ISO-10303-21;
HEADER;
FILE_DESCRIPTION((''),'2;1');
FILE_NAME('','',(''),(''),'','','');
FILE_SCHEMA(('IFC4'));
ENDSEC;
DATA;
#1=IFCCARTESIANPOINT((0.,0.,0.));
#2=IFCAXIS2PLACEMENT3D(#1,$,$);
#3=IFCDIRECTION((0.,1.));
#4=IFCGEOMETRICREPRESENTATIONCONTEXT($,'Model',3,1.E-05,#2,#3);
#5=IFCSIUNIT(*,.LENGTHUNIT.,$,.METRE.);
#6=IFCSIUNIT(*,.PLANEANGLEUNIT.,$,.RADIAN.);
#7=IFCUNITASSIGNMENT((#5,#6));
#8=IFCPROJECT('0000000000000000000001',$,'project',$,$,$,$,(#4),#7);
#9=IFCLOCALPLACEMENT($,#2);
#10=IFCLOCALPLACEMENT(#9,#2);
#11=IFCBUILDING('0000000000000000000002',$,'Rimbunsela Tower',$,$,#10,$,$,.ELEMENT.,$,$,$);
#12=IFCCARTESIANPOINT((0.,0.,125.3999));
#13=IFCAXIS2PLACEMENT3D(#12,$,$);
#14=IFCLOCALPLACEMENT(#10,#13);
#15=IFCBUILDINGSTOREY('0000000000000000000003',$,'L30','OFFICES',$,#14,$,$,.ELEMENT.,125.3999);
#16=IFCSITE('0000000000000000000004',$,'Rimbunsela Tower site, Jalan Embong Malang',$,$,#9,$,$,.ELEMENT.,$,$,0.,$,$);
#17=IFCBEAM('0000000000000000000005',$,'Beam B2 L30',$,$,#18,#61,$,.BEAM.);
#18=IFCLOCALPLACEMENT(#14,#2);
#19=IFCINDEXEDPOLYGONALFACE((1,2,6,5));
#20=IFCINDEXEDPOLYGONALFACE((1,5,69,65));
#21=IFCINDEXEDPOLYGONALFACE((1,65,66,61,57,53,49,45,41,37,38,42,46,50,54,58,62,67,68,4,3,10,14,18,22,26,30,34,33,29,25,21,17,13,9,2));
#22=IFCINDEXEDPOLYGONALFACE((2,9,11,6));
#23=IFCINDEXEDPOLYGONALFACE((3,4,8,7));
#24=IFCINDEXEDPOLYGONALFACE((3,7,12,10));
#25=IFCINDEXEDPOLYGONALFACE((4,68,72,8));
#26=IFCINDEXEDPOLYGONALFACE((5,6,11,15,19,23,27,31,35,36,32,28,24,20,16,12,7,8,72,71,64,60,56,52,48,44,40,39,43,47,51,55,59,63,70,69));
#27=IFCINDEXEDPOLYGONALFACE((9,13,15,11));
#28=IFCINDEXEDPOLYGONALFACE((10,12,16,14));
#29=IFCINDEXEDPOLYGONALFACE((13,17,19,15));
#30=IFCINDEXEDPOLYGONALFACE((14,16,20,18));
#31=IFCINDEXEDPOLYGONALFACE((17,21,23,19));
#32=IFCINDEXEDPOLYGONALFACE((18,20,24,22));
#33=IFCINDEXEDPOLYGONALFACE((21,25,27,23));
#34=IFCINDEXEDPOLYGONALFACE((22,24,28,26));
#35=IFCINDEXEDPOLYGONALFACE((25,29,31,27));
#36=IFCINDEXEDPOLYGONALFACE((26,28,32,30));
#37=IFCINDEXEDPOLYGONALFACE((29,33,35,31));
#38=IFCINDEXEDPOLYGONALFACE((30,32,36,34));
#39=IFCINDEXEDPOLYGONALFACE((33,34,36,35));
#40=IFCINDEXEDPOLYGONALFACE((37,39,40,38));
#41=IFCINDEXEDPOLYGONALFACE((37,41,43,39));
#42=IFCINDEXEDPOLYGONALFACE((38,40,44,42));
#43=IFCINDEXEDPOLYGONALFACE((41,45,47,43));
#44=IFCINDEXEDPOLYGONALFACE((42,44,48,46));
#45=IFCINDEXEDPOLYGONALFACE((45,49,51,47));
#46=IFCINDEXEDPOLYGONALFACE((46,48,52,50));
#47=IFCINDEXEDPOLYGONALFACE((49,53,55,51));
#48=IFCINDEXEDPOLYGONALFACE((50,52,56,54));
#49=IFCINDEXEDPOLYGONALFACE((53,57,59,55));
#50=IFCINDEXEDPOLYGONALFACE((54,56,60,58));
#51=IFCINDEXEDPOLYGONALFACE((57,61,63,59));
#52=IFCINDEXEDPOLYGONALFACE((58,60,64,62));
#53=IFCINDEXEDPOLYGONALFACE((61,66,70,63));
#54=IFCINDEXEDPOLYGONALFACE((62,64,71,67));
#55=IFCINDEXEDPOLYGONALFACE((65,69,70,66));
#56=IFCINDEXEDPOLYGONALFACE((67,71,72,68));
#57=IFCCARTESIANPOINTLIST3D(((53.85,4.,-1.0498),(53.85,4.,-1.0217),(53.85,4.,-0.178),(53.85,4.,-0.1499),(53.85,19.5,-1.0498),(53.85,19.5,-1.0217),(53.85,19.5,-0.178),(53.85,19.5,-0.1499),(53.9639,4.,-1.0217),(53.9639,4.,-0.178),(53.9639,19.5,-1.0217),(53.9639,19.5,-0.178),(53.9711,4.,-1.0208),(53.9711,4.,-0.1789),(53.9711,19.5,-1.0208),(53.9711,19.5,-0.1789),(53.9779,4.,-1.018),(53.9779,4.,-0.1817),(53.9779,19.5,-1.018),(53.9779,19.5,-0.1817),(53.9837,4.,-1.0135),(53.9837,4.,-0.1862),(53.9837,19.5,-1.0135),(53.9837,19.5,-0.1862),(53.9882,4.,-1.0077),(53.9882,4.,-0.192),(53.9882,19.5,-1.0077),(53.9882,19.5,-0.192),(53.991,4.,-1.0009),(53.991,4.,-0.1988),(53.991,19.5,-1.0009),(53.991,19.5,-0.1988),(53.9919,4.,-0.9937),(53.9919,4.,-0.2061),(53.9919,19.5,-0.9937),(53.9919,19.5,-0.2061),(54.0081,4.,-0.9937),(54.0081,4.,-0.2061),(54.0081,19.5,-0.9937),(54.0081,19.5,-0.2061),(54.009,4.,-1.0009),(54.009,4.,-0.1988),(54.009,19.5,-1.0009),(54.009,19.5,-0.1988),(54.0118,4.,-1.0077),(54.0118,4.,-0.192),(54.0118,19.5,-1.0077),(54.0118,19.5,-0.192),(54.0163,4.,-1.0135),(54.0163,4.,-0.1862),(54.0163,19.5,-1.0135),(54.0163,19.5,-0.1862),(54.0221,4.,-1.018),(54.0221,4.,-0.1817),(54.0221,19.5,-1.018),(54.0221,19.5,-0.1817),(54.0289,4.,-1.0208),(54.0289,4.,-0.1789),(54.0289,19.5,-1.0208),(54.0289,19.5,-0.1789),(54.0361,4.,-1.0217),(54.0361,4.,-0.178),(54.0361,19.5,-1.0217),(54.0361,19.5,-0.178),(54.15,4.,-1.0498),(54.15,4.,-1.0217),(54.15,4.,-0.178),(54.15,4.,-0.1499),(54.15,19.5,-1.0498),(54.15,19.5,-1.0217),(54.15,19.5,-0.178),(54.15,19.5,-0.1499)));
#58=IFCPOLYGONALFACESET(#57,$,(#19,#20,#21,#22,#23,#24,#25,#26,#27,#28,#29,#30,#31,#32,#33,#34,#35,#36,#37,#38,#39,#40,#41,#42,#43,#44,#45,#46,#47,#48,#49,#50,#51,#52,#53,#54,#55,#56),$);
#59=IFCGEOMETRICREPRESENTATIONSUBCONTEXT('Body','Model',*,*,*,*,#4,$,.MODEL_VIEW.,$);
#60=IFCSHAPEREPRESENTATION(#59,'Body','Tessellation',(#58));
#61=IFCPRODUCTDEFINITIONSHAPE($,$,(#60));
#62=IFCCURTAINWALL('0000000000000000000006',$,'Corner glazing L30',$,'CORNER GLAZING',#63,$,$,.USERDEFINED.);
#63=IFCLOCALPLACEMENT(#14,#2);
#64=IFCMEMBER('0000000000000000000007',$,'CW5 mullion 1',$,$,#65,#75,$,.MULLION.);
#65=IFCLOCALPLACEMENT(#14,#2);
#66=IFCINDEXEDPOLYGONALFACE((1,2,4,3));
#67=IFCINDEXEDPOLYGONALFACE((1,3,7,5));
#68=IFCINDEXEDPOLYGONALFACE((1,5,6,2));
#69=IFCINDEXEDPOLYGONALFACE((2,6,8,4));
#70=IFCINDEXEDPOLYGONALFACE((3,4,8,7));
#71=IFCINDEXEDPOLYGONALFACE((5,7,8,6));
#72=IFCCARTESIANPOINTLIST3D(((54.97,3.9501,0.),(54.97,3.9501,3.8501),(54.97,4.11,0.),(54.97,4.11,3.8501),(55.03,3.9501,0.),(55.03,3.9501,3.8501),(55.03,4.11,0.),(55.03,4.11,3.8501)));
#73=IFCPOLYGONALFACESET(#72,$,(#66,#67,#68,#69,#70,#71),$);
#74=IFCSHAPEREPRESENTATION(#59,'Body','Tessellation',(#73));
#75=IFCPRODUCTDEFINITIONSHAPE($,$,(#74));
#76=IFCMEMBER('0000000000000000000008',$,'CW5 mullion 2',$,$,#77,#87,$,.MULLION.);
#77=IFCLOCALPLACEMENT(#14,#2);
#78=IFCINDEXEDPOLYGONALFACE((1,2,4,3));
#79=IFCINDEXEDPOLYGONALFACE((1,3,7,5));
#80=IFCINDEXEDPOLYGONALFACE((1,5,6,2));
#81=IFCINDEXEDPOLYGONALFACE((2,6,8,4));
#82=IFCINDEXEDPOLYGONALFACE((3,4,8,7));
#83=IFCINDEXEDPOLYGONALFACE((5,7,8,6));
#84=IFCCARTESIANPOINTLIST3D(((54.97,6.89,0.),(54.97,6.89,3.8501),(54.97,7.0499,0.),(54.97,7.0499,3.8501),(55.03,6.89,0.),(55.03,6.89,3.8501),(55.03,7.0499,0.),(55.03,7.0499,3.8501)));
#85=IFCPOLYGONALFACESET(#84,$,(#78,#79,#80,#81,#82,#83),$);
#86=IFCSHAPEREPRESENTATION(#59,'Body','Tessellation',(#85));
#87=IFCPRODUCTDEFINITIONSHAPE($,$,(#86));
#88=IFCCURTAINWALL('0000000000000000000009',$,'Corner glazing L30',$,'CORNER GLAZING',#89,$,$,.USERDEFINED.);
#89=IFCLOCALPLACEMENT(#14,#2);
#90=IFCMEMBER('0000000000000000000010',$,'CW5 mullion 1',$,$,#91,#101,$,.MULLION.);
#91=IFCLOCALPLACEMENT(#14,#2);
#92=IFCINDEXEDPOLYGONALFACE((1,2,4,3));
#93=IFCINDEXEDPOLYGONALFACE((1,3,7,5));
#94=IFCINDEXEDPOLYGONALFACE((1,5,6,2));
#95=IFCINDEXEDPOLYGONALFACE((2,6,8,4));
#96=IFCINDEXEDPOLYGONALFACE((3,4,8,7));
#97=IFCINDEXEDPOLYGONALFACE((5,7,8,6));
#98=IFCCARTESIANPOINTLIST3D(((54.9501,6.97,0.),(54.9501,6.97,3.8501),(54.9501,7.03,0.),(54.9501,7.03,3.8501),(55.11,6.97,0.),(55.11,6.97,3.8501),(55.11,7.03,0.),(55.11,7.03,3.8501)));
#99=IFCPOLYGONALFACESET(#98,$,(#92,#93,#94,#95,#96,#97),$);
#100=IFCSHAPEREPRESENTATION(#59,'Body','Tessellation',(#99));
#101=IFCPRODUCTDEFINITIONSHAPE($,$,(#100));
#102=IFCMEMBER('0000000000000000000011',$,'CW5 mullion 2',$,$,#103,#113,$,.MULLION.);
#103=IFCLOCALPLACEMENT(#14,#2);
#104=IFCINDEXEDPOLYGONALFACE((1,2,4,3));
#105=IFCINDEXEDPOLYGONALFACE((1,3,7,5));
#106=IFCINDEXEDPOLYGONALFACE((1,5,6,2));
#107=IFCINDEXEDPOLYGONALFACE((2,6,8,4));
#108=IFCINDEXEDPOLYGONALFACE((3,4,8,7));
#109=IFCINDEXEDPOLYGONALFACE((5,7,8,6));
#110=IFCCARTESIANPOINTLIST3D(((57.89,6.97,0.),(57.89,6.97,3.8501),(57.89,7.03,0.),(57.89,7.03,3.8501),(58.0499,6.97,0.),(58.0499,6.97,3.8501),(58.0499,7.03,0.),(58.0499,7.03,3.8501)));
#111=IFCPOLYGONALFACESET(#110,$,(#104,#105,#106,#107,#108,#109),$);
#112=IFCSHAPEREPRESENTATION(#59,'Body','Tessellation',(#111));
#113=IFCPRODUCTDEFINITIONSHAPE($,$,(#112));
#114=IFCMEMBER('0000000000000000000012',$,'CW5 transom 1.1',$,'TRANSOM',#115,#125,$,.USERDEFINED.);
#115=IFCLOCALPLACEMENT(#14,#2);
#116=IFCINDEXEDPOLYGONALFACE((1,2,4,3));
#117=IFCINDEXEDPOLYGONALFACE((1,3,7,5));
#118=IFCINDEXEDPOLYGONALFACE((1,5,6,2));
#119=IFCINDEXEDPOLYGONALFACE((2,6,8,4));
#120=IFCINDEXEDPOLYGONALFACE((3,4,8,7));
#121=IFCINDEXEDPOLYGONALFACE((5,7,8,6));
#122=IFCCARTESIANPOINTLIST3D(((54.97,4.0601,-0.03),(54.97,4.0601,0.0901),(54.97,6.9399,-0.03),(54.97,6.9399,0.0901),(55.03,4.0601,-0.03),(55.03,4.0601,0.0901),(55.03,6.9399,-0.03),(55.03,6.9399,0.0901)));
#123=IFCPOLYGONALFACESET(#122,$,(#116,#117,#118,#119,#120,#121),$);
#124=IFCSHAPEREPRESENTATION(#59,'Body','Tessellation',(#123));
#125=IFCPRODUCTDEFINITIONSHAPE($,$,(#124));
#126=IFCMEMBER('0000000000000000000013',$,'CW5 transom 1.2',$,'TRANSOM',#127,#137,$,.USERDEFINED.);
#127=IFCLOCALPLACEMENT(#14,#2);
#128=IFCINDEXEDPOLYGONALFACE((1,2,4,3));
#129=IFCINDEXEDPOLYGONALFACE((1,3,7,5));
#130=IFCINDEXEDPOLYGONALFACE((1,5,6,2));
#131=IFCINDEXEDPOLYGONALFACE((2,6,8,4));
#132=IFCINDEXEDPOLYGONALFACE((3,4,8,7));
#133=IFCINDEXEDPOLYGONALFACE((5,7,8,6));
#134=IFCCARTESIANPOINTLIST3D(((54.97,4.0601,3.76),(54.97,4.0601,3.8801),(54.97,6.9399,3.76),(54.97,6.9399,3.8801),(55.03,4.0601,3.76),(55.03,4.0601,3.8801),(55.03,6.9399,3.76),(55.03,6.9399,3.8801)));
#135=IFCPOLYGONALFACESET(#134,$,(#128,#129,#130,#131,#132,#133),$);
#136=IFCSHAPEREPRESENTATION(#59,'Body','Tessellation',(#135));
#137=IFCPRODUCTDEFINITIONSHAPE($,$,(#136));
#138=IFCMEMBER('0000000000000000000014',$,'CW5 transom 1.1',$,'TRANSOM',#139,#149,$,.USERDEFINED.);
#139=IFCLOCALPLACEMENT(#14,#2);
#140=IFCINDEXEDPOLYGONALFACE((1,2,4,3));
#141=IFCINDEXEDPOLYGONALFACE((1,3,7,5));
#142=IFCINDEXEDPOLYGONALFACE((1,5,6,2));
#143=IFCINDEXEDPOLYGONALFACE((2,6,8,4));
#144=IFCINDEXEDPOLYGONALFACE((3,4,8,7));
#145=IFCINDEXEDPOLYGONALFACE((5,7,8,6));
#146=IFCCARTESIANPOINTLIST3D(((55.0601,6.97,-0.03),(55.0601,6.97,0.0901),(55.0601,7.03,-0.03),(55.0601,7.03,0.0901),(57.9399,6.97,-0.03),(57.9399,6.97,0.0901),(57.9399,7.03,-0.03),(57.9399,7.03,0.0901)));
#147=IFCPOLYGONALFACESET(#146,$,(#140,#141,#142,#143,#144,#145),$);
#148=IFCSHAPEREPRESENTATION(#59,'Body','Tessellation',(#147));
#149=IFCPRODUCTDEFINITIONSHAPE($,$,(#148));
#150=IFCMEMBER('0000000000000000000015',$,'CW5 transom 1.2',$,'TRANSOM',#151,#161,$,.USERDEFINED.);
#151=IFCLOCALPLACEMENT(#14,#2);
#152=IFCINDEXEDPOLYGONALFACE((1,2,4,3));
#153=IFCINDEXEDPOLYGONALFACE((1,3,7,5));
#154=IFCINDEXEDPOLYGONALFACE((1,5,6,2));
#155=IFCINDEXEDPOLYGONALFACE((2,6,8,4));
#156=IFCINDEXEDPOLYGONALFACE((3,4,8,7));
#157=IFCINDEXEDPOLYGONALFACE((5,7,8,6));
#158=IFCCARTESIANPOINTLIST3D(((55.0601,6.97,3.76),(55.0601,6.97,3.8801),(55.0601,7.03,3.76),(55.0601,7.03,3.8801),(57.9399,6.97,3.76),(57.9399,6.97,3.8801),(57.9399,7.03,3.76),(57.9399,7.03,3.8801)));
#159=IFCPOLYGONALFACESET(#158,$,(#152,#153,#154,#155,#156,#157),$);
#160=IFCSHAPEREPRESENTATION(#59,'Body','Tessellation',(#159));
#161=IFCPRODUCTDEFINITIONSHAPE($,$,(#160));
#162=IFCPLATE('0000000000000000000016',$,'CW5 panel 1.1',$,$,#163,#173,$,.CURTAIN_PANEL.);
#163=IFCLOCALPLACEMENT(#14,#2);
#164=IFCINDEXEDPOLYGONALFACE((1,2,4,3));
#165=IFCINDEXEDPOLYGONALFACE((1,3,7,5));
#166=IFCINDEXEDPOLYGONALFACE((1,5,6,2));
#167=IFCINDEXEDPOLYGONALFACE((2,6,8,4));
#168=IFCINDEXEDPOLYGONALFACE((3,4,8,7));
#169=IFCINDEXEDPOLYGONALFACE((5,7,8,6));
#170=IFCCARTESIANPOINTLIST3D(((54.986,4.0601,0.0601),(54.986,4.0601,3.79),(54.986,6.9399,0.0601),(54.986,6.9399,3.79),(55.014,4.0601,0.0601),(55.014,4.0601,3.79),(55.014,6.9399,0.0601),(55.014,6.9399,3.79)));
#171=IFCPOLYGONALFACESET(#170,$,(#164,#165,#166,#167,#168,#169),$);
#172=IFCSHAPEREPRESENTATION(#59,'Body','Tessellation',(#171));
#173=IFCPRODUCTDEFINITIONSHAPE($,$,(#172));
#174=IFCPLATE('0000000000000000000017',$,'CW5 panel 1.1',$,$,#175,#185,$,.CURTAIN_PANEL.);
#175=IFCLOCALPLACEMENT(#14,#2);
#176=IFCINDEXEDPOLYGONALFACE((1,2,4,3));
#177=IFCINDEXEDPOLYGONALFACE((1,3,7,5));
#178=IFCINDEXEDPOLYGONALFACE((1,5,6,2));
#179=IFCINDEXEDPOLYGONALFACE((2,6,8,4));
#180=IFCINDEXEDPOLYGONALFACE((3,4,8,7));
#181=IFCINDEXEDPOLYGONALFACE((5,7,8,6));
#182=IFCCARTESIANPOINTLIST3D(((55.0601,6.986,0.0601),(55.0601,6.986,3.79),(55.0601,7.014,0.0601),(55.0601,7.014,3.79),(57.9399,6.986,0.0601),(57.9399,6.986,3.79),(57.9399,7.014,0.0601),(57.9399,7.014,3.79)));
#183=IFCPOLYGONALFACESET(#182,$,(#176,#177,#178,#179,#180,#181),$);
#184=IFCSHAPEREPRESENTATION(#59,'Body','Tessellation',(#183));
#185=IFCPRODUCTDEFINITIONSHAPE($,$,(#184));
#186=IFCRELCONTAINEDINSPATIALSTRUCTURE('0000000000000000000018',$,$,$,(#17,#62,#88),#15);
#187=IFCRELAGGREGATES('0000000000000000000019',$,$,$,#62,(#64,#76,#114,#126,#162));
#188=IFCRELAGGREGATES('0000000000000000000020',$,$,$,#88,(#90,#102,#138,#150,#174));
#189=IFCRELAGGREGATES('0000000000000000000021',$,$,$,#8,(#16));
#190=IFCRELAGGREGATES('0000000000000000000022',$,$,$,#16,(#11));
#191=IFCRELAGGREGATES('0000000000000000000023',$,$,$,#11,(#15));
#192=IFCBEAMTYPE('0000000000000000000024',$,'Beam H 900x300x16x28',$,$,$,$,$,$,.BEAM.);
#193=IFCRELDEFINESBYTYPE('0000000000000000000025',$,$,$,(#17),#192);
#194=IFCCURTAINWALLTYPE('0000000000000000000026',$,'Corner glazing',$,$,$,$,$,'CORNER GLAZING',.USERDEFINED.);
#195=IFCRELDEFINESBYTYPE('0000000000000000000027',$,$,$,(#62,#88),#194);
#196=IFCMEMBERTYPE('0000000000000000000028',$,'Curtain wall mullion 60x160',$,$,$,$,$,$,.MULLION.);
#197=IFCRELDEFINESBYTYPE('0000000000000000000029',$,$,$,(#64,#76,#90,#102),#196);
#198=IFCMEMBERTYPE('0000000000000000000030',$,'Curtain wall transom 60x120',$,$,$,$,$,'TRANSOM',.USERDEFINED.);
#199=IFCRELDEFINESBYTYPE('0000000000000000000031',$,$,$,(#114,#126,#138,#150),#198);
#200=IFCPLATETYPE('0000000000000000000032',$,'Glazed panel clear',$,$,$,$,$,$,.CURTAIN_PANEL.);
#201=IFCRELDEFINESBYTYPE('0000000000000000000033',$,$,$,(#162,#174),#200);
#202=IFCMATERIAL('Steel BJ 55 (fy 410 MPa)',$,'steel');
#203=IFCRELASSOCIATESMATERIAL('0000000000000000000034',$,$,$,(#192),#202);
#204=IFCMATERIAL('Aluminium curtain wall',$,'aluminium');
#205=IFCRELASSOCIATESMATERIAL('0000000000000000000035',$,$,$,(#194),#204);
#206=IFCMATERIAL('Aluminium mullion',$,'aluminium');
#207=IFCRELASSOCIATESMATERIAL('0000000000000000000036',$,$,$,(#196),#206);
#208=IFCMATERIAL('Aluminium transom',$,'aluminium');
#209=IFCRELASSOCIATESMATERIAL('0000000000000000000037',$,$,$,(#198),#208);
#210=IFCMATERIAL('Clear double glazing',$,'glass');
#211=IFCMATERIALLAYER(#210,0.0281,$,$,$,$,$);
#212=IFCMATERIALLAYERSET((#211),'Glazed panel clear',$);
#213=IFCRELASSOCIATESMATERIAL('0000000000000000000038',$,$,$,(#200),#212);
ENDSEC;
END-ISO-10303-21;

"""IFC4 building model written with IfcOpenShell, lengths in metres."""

from ifc_helpers import new_model, si_unit, direction, frame, origin, origin_2d, place, context, subcontext, project, spatial, rectangle, i_section, extrude, material, layer, layer_set, material_profile, profile_set, type_object, element, aggregate, save


model = new_model("IFC4")

# Units and contexts
model_context = context("Model", 3, precision=1e-05, world=origin(), true_north=direction((0.0, 1.0)))
body_context = subcontext(model_context, "Body", "Model", "MODEL_VIEW")
ifc_project = project(units=[si_unit("LENGTHUNIT", "METRE"), si_unit("PLANEANGLEUNIT", "RADIAN")], contexts=[model_context])

# Site, building, storey
site_placement = place(None, origin())
site = spatial("IfcSite", under=ifc_project, at=site_placement, Name="Rimbunsela Tower site, Jalan Embong Malang", CompositionType="ELEMENT", RefElevation=0.0)
building_placement = place(site_placement, origin())
building = spatial("IfcBuilding", under=site, at=building_placement, Name="Rimbunsela Tower", CompositionType="ELEMENT")
storey_placement = place(building_placement, frame((0.0, 0.0, 125.3999)))
storey = spatial("IfcBuildingStorey", under=building, at=storey_placement, Name="L30", Description="OFFICES", CompositionType="ELEMENT", Elevation=125.3999)

# Beam
ifc_material_1 = material(Name="Steel BJ 55 (fy 410 MPa)", Category="steel")
ifc_material_profile_1 = material_profile(ifc_material_1, i_section(OverallWidth=0.3, OverallDepth=0.8999, WebThickness=0.0161, FlangeThickness=0.0281, FilletRadius=0.0281, at=origin_2d()), Name="H 900x300x16x28")
ifc_profile_set_1 = profile_set([ifc_material_profile_1], Name="Steel BJ 55 (fy 410 MPa)")
beam_type_1 = type_object("IfcBeamType", Name="Beam H 900x300x16x28", PredefinedType="BEAM", material=ifc_profile_set_1)
for number, where, z_axis, x_axis, name in (
    (1, (54.0, 4.0, -0.5999), (0.0, 1.0, 0.0), (-1.0, 0.0, 0.0), "Beam B2 L30"),
):
    element("IfcBeam", number, at=place(storey_placement, frame(where, z_axis=z_axis, x_axis=x_axis)), inside=storey, type_object=beam_type_1, Name=name, PredefinedType="BEAM", context=body_context, shape_type="SweptSolid", body=[
        extrude(i_section(OverallWidth=0.3, OverallDepth=0.8999, WebThickness=0.0161, FlangeThickness=0.0281, FilletRadius=0.0281, at=origin_2d()), origin(), (0.0, 0.0, 1.0), 15.5),
    ])

# Curtain walls, members
ifc_material_2 = material(Name="Aluminium curtain wall", Category="aluminium")
curtain_wall_type = type_object("IfcCurtainWallType", Name="Corner glazing", ElementType="CORNER GLAZING", PredefinedType="USERDEFINED", material=ifc_material_2)
curtain_wall_1_placement = place(storey_placement, origin())
curtain_wall_1 = element("IfcCurtainWall", 2, at=curtain_wall_1_placement, inside=storey, type_object=curtain_wall_type, Name="Corner glazing L30", ObjectType="CORNER GLAZING", PredefinedType="USERDEFINED")
ifc_material_3 = material(Name="Aluminium mullion", Category="aluminium")
ifc_material_profile_2 = material_profile(ifc_material_3, rectangle(XDim=0.0601, YDim=0.1599, at=origin_2d()), Name="Mullion 60x160")
ifc_profile_set_2 = profile_set([ifc_material_profile_2], Name="Aluminium mullion")
member_type_1 = type_object("IfcMemberType", Name="Curtain wall mullion 60x160", PredefinedType="MULLION", material=ifc_profile_set_2)
member_1_placement = place(storey_placement, frame((55.0, 4.03, 0.0), z_axis=(0.0, 0.0, 1.0), x_axis=(-1.0, 0.0, 0.0)))
member_1 = element("IfcMember", 3, at=member_1_placement, type_object=member_type_1, Name="CW5 mullion 1", PredefinedType="MULLION", context=body_context, shape_type="SweptSolid", body=[
    extrude(rectangle(XDim=0.0601, YDim=0.1599, at=origin_2d()), origin(), (0.0, 0.0, 1.0), 3.8501),
])
member_2_placement = place(storey_placement, frame((55.0, 6.97, 0.0), z_axis=(0.0, 0.0, 1.0), x_axis=(-1.0, 0.0, 0.0)))
member_2 = element("IfcMember", 4, at=member_2_placement, type_object=member_type_1, Name="CW5 mullion 2", PredefinedType="MULLION", context=body_context, shape_type="SweptSolid", body=[
    extrude(rectangle(XDim=0.0601, YDim=0.1599, at=origin_2d()), origin(), (0.0, 0.0, 1.0), 3.8501),
])
curtain_wall_2_placement = place(storey_placement, origin())
curtain_wall_2 = element("IfcCurtainWall", 5, at=curtain_wall_2_placement, inside=storey, type_object=curtain_wall_type, Name="Corner glazing L30", ObjectType="CORNER GLAZING", PredefinedType="USERDEFINED")
member_3_placement = place(storey_placement, frame((55.03, 7.0, 0.0), z_axis=(0.0, 0.0, 1.0), x_axis=(0.0, 1.0, 0.0)))
member_3 = element("IfcMember", 6, at=member_3_placement, type_object=member_type_1, Name="CW5 mullion 1", PredefinedType="MULLION", context=body_context, shape_type="SweptSolid", body=[
    extrude(rectangle(XDim=0.0601, YDim=0.1599, at=origin_2d()), origin(), (0.0, 0.0, 1.0), 3.8501),
])
member_4_placement = place(storey_placement, frame((57.97, 7.0, 0.0), z_axis=(0.0, 0.0, 1.0), x_axis=(0.0, 1.0, 0.0)))
member_4 = element("IfcMember", 7, at=member_4_placement, type_object=member_type_1, Name="CW5 mullion 2", PredefinedType="MULLION", context=body_context, shape_type="SweptSolid", body=[
    extrude(rectangle(XDim=0.0601, YDim=0.1599, at=origin_2d()), origin(), (0.0, 0.0, 1.0), 3.8501),
])

# Members
ifc_material_4 = material(Name="Aluminium transom", Category="aluminium")
ifc_material_profile_3 = material_profile(ifc_material_4, rectangle(XDim=0.0601, YDim=0.1201, at=origin_2d()), Name="Transom 60x120")
ifc_profile_set_3 = profile_set([ifc_material_profile_3], Name="Aluminium transom")
member_type_2 = type_object("IfcMemberType", Name="Curtain wall transom 60x120", ElementType="TRANSOM", PredefinedType="USERDEFINED", material=ifc_profile_set_3)
member_5_placement = place(storey_placement, frame((55.0, 4.0601, 0.03), z_axis=(0.0, 1.0, 0.0), x_axis=(-1.0, 0.0, 0.0)))
member_5 = element("IfcMember", 8, at=member_5_placement, type_object=member_type_2, Name="CW5 transom 1.1", ObjectType="TRANSOM", PredefinedType="USERDEFINED", context=body_context, shape_type="SweptSolid", body=[
    extrude(rectangle(XDim=0.0601, YDim=0.1201, at=origin_2d()), origin(), (0.0, 0.0, 1.0), 2.8799),
])
member_6_placement = place(storey_placement, frame((55.0, 4.0601, 3.8201), z_axis=(0.0, 1.0, 0.0), x_axis=(-1.0, 0.0, 0.0)))
member_6 = element("IfcMember", 9, at=member_6_placement, type_object=member_type_2, Name="CW5 transom 1.2", ObjectType="TRANSOM", PredefinedType="USERDEFINED", context=body_context, shape_type="SweptSolid", body=[
    extrude(rectangle(XDim=0.0601, YDim=0.1201, at=origin_2d()), origin(), (0.0, 0.0, 1.0), 2.8799),
])
member_7_placement = place(storey_placement, frame((55.0601, 7.0, 0.03), z_axis=(1.0, 0.0, 0.0), x_axis=(0.0, 1.0, 0.0)))
member_7 = element("IfcMember", 10, at=member_7_placement, type_object=member_type_2, Name="CW5 transom 1.1", ObjectType="TRANSOM", PredefinedType="USERDEFINED", context=body_context, shape_type="SweptSolid", body=[
    extrude(rectangle(XDim=0.0601, YDim=0.1201, at=origin_2d()), origin(), (0.0, 0.0, 1.0), 2.8799),
])
member_8_placement = place(storey_placement, frame((55.0601, 7.0, 3.8201), z_axis=(1.0, 0.0, 0.0), x_axis=(0.0, 1.0, 0.0)))
member_8 = element("IfcMember", 11, at=member_8_placement, type_object=member_type_2, Name="CW5 transom 1.2", ObjectType="TRANSOM", PredefinedType="USERDEFINED", context=body_context, shape_type="SweptSolid", body=[
    extrude(rectangle(XDim=0.0601, YDim=0.1201, at=origin_2d()), origin(), (0.0, 0.0, 1.0), 2.8799),
])

# Plates
ifc_material_5 = material(Name="Clear double glazing", Category="glass")
ifc_layer_1 = layer(ifc_material_5, 0.0281)
ifc_layer_set_1 = layer_set([ifc_layer_1], Name="Glazed panel clear")
plate_type = type_object("IfcPlateType", Name="Glazed panel clear", PredefinedType="CURTAIN_PANEL", material=ifc_layer_set_1)
plate_1_placement = place(storey_placement, frame((55.0, 5.5, 0.0601), z_axis=(0.0, 0.0, 1.0), x_axis=(0.0, 1.0, 0.0)))
plate_1 = element("IfcPlate", 12, at=plate_1_placement, type_object=plate_type, Name="CW5 panel 1.1", PredefinedType="CURTAIN_PANEL", context=body_context, shape_type="SweptSolid", body=[
    extrude(rectangle(XDim=2.8799, YDim=0.0281, at=origin_2d()), origin(), (0.0, 0.0, 1.0), 3.73),
])
aggregate(curtain_wall_1, [member_1, member_2, member_5, member_6, plate_1])
plate_2_placement = place(storey_placement, frame((56.5, 7.0, 0.0601), z_axis=(0.0, 0.0, 1.0), x_axis=(1.0, 0.0, 0.0)))
plate_2 = element("IfcPlate", 13, at=plate_2_placement, type_object=plate_type, Name="CW5 panel 1.1", PredefinedType="CURTAIN_PANEL", context=body_context, shape_type="SweptSolid", body=[
    extrude(rectangle(XDim=2.8799, YDim=0.0281, at=origin_2d()), origin(), (0.0, 0.0, 1.0), 3.73),
])
aggregate(curtain_wall_2, [member_3, member_4, member_7, member_8, plate_2])

save(model, "model.ifc")
